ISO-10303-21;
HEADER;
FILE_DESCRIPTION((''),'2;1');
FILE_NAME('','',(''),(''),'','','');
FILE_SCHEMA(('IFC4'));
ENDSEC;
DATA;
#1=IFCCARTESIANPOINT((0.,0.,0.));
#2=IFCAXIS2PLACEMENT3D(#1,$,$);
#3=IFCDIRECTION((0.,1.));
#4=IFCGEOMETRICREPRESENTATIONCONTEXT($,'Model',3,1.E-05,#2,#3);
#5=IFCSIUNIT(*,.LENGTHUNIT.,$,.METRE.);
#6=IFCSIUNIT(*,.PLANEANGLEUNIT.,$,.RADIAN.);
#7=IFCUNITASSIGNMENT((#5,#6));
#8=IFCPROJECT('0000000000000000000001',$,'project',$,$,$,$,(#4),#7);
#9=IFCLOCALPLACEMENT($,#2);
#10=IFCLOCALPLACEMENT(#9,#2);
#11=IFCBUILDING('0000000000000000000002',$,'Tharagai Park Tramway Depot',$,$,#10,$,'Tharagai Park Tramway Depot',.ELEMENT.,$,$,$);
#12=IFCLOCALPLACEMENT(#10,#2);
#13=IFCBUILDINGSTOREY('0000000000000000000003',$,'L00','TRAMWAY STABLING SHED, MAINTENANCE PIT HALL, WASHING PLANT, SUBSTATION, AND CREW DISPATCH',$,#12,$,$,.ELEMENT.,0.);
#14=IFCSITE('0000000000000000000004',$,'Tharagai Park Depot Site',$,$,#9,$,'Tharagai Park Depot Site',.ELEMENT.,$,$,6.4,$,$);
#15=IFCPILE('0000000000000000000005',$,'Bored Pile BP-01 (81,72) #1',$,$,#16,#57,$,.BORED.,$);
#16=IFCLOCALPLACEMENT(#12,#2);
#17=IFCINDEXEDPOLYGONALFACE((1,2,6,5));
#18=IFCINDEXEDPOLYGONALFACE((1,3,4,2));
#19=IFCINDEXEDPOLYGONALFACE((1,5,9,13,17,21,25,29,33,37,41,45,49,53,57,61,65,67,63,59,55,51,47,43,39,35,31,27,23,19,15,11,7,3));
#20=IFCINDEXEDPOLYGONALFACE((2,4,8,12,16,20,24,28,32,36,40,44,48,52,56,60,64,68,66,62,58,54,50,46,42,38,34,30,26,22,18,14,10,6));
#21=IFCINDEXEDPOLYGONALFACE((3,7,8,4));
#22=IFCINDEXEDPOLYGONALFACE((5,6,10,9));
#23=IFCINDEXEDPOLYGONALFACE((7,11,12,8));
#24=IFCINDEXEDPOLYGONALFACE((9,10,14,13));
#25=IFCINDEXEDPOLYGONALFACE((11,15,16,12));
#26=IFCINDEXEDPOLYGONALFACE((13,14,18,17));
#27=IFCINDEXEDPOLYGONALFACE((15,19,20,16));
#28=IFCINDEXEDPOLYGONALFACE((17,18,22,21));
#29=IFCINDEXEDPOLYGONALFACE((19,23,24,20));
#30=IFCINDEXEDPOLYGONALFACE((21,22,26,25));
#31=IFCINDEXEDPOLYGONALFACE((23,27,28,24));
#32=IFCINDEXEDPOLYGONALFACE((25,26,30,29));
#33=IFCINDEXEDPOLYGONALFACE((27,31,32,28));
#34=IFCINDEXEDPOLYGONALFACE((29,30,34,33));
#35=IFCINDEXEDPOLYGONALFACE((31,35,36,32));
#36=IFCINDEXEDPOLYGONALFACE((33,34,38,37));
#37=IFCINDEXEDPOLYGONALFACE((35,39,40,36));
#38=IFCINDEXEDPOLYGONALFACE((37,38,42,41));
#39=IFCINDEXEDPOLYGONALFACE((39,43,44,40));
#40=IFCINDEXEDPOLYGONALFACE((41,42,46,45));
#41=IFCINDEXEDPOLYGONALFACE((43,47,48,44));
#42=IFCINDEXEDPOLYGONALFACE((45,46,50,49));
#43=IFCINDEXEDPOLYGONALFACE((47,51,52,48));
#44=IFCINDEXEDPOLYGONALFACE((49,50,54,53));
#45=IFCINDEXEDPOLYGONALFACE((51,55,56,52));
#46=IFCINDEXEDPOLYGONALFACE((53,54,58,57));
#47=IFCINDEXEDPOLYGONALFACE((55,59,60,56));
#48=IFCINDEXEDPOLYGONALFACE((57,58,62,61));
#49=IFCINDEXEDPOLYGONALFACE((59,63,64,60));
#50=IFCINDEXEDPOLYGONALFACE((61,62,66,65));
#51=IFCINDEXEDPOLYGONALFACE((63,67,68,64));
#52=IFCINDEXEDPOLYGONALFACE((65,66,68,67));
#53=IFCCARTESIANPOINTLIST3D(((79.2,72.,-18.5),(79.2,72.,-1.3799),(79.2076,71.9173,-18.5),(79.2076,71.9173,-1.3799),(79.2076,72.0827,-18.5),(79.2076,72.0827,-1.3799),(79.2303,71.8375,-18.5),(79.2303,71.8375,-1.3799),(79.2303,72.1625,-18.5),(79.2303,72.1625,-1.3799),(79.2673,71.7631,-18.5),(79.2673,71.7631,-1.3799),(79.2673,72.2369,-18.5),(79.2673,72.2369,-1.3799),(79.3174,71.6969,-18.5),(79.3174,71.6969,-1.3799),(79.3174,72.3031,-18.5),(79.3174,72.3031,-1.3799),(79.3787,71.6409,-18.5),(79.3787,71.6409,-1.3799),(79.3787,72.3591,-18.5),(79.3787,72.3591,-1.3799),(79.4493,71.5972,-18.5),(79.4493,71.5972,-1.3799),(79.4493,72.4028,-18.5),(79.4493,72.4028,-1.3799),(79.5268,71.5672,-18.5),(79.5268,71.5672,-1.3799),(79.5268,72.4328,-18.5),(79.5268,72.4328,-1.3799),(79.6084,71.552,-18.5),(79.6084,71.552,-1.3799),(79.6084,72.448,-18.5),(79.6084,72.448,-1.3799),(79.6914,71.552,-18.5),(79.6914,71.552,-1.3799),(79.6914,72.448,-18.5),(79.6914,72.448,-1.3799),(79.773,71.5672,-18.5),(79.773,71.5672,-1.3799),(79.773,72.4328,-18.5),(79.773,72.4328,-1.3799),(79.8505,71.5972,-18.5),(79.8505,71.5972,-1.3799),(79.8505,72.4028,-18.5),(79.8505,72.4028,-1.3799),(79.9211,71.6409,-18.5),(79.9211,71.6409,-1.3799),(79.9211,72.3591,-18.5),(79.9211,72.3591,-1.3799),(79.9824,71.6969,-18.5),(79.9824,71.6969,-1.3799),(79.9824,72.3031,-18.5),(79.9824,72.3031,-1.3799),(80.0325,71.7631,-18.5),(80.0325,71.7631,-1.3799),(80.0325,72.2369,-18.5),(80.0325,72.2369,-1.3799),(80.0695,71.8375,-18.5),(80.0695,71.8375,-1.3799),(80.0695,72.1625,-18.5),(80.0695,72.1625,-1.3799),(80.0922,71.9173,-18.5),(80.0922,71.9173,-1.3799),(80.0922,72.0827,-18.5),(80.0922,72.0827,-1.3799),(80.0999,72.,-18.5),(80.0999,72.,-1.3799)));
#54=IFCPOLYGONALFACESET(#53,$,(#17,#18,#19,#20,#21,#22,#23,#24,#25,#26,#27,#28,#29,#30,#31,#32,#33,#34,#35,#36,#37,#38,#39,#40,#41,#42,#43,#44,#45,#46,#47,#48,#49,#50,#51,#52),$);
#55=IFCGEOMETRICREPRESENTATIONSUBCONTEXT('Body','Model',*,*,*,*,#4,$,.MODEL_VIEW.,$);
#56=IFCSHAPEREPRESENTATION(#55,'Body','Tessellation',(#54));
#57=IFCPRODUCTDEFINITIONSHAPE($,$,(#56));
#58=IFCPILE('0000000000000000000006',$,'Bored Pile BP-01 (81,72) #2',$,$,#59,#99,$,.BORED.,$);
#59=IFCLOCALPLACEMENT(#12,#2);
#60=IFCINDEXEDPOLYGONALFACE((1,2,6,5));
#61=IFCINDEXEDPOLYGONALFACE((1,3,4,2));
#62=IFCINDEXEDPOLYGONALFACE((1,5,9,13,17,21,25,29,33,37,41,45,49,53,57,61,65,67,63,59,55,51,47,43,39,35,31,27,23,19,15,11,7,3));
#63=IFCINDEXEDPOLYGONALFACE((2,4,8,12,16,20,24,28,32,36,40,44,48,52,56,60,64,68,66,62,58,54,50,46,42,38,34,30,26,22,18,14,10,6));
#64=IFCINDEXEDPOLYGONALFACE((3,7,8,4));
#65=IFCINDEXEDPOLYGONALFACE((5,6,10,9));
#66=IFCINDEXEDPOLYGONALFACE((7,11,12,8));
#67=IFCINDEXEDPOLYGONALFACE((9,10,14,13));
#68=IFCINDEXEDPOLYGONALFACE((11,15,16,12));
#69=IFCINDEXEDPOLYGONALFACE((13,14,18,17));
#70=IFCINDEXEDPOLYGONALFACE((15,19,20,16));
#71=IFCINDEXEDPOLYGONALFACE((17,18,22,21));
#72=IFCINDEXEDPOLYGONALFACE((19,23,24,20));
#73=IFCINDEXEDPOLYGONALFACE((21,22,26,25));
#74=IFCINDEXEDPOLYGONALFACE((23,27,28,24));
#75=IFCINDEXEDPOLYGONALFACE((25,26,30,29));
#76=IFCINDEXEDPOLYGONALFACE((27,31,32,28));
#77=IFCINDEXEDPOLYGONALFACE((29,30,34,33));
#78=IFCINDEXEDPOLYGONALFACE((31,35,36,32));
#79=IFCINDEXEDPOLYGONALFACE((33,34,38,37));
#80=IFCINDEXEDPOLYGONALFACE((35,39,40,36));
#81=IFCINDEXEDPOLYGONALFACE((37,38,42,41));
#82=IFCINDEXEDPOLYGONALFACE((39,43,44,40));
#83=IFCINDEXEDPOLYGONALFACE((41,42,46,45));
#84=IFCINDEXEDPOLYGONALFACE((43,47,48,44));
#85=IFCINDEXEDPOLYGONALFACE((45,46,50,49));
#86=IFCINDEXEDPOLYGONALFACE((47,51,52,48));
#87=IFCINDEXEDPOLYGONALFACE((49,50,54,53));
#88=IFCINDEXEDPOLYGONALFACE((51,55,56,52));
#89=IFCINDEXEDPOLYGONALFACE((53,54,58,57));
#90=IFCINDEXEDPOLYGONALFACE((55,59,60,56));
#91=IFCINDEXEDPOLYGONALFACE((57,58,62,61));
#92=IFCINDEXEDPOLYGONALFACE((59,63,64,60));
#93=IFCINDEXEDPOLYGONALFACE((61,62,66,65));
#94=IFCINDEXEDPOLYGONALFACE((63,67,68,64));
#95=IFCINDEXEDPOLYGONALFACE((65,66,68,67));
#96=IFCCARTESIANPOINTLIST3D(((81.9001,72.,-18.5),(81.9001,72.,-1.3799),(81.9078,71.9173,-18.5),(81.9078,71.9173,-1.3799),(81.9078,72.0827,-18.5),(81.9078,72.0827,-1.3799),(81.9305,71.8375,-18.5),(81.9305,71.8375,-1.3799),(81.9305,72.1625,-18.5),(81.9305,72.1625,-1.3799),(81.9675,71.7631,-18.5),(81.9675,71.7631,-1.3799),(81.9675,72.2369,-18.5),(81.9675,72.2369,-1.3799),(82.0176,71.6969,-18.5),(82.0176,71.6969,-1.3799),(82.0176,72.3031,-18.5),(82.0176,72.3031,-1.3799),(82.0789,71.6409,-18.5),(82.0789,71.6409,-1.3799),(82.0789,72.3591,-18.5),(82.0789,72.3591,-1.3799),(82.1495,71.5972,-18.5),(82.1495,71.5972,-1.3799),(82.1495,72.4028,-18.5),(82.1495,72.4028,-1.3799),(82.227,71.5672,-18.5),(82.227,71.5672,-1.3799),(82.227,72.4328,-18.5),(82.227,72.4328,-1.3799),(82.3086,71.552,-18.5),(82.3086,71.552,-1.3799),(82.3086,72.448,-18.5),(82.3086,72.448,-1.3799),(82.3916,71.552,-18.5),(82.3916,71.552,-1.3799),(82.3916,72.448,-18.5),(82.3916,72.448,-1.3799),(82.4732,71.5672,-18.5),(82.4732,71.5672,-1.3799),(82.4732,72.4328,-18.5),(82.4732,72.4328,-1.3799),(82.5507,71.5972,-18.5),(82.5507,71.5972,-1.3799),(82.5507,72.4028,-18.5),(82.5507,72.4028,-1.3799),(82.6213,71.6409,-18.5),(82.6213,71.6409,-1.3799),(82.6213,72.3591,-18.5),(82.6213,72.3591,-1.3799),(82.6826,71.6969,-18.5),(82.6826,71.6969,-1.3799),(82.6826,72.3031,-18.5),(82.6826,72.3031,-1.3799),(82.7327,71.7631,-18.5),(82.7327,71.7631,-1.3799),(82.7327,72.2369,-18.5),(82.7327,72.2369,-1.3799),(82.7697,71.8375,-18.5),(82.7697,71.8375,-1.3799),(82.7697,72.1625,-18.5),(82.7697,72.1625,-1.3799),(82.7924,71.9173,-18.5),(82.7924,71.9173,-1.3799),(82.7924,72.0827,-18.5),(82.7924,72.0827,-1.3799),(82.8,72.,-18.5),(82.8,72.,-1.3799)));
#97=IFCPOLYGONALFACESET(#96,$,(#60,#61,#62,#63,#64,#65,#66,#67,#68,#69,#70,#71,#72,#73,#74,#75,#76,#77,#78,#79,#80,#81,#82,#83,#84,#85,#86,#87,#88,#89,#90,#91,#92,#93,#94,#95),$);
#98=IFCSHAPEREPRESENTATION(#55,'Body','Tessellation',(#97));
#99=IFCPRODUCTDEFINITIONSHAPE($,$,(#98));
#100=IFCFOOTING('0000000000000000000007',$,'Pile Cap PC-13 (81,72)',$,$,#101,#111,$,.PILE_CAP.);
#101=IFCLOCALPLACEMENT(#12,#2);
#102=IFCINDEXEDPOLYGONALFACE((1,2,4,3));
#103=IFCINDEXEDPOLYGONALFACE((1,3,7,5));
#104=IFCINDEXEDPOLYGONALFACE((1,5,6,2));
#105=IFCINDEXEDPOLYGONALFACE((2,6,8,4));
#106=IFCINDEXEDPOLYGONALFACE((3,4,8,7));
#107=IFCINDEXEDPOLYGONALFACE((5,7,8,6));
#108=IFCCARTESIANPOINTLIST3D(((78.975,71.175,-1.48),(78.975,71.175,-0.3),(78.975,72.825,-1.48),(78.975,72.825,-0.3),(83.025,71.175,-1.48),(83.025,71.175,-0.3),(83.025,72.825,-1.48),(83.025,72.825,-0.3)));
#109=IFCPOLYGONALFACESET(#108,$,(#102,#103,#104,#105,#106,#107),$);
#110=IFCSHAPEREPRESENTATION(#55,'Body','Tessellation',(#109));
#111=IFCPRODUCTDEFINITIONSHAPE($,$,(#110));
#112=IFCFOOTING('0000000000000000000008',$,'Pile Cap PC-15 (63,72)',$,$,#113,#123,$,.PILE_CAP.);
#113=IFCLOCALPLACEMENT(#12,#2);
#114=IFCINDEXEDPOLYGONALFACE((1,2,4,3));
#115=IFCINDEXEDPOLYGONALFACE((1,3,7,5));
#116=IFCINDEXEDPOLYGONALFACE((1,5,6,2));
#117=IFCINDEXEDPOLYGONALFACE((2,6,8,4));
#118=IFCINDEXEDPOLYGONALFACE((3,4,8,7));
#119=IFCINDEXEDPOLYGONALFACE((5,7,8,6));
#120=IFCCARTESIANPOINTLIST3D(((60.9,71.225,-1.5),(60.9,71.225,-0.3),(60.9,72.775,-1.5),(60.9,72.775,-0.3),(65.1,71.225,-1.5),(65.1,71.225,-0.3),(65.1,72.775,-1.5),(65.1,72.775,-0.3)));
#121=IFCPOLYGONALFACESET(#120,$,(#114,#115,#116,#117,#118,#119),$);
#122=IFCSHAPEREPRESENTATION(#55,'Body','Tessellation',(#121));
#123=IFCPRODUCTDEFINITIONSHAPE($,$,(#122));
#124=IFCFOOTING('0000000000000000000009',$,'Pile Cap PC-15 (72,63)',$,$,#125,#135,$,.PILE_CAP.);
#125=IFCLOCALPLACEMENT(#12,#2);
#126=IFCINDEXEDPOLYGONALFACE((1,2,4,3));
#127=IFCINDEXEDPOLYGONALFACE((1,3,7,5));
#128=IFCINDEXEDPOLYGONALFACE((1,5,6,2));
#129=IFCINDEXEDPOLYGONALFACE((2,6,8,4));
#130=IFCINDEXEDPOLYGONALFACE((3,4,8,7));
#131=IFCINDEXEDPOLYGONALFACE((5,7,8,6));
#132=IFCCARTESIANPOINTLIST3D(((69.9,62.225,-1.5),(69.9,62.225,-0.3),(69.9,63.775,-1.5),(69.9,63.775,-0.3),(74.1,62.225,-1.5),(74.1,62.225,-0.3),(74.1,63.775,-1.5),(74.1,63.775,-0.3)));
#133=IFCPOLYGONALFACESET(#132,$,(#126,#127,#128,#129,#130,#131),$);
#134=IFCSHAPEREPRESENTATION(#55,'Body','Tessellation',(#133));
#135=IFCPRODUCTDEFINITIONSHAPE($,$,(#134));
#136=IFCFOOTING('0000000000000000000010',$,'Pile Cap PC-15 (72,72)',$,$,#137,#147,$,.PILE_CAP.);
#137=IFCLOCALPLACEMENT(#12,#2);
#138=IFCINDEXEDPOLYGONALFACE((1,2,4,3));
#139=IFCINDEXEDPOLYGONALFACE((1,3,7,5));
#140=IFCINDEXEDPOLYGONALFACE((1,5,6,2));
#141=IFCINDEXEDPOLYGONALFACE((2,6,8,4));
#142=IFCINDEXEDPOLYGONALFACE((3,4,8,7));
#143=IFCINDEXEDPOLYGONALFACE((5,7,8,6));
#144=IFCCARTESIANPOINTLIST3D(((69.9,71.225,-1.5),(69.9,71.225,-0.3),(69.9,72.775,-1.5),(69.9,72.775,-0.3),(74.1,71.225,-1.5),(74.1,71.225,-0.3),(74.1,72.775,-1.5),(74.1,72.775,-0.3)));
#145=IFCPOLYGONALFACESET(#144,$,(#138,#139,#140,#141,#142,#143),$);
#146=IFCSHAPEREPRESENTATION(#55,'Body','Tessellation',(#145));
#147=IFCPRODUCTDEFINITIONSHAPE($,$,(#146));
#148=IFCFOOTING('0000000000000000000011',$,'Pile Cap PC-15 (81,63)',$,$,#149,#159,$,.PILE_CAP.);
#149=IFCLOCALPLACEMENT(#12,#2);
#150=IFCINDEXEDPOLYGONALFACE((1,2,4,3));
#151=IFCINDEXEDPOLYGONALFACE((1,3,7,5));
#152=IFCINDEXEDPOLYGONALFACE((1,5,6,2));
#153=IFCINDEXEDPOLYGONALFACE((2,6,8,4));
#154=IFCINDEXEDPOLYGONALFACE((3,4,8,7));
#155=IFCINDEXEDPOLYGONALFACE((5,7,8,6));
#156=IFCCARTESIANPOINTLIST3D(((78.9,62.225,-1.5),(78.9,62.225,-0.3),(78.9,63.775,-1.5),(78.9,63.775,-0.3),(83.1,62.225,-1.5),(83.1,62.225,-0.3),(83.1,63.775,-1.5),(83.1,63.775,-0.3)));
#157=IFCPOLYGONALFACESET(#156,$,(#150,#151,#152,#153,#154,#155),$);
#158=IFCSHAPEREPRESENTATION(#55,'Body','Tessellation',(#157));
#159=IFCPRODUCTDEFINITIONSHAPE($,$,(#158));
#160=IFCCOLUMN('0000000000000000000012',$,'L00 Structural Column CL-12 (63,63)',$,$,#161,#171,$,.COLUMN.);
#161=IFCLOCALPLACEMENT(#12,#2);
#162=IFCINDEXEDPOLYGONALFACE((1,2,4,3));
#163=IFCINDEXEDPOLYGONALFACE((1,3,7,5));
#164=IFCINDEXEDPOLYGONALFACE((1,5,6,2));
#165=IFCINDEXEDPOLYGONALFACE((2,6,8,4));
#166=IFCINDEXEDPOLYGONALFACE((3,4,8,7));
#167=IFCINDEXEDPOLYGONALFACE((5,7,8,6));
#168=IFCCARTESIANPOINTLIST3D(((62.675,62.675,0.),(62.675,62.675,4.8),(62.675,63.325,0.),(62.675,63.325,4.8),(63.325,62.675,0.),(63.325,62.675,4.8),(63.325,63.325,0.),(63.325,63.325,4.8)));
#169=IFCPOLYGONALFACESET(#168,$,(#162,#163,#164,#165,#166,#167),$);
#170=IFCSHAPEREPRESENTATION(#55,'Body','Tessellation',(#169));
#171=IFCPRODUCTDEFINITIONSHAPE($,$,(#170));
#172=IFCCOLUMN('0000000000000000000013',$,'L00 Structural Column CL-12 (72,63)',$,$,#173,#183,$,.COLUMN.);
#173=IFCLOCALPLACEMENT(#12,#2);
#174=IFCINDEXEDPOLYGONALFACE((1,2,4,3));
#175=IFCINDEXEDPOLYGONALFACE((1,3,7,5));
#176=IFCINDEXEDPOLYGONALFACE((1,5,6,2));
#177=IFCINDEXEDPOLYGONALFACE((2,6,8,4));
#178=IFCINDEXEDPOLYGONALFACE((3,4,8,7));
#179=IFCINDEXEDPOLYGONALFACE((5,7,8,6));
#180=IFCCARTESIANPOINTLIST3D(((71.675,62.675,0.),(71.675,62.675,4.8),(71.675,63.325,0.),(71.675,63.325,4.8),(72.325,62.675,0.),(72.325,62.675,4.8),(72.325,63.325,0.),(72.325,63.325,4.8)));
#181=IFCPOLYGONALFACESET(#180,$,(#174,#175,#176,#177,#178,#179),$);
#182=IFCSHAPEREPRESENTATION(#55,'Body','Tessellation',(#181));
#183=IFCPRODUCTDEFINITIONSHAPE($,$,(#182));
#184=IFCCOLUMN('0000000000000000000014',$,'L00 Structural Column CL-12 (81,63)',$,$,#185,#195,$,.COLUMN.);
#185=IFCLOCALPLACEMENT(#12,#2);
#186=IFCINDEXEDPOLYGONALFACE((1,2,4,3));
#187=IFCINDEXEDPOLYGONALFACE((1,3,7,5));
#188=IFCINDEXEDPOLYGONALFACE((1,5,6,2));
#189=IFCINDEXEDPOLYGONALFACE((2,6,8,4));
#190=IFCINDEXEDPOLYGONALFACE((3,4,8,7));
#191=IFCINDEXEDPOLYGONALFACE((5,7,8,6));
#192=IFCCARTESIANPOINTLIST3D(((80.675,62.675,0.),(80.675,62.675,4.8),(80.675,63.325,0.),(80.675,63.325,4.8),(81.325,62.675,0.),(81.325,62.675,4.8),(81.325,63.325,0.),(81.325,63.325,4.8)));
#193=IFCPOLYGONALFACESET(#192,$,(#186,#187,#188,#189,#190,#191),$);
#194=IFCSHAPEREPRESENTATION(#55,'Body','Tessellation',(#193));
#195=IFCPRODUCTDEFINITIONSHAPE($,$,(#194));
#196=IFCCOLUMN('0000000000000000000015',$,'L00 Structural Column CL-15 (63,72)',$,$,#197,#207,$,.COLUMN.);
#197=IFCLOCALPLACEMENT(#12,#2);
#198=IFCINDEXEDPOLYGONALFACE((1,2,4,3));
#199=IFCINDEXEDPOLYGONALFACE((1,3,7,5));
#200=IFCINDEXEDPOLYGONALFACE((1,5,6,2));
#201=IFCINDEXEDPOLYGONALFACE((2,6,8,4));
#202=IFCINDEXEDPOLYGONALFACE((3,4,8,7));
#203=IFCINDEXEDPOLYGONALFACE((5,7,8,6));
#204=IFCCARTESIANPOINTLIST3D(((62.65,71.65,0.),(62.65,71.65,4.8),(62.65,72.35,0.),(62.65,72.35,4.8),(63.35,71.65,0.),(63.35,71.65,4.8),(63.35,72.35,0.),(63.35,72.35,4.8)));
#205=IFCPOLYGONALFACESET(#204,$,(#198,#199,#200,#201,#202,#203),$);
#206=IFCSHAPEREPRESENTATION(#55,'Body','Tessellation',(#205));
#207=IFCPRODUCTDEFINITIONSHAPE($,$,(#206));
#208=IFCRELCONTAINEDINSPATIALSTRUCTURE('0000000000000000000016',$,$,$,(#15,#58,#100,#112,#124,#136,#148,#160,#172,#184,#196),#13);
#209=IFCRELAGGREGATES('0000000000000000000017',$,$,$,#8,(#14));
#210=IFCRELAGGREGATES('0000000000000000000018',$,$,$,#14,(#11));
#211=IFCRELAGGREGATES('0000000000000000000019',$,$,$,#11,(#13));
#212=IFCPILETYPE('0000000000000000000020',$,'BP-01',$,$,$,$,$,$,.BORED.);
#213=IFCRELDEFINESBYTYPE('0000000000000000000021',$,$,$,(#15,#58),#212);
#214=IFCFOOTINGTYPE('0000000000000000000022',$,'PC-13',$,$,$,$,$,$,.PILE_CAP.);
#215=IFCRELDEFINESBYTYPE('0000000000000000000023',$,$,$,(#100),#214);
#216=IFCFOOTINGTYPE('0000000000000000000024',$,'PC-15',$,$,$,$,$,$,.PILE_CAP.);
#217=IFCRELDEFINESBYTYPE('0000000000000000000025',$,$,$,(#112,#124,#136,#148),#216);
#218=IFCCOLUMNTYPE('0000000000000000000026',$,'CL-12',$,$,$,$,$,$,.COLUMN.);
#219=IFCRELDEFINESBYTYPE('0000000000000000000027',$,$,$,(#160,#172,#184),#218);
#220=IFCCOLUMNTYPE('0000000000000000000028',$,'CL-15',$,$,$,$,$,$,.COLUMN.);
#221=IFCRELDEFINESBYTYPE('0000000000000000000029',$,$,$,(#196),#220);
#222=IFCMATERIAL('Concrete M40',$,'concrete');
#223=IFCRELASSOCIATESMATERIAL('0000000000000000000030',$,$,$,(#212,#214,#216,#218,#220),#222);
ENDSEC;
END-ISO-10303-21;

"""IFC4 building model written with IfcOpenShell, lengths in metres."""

from ifc_helpers import new_model, si_unit, direction, frame, origin, origin_2d, place, context, subcontext, project, spatial, rectangle, circle, extrude, material, material_profile, profile_set, type_object, element, save


model = new_model("IFC4")

# Units and contexts
model_context = context("Model", 3, precision=1e-05, world=origin(), true_north=direction((0.0, 1.0)))
body_context = subcontext(model_context, "Body", "Model", "MODEL_VIEW")
ifc_project = project(units=[si_unit("LENGTHUNIT", "METRE"), si_unit("PLANEANGLEUNIT", "RADIAN")], contexts=[model_context])

# Site, building, storey
site_placement = place(None, origin())
site = spatial("IfcSite", under=ifc_project, at=site_placement, Name="Tharagai Park Depot Site", LongName="Tharagai Park Depot Site", CompositionType="ELEMENT", RefElevation=6.4)
building_placement = place(site_placement, origin())
building = spatial("IfcBuilding", under=site, at=building_placement, Name="Tharagai Park Tramway Depot", LongName="Tharagai Park Tramway Depot", CompositionType="ELEMENT")
storey_placement = place(building_placement, origin())
storey = spatial("IfcBuildingStorey", under=building, at=storey_placement, Name="L00", Description="TRAMWAY STABLING SHED, MAINTENANCE PIT HALL, WASHING PLANT, SUBSTATION, AND CREW DISPATCH", CompositionType="ELEMENT", Elevation=0.0)

# Piles
ifc_material_1 = material(Name="Concrete M40", Category="concrete")
ifc_material_profile_1 = material_profile(ifc_material_1, circle(Radius=0.45, at=origin_2d()), Name="PILE D900")
ifc_profile_set_1 = profile_set([ifc_material_profile_1], Name="Concrete M40")
pile_type = type_object("IfcPileType", Name="BP-01", PredefinedType="BORED", material=ifc_profile_set_1)
for number, where, z_axis, x_axis, name in (
    (1, (79.6499, 72.0, -1.3799), (0.0, 0.0, -1.0), (1.0, 0.0, 0.0), "Bored Pile BP-01 (81,72) #1"),
    (2, (82.3501, 72.0, -1.3799), (0.0, 0.0, -1.0), (1.0, 0.0, 0.0), "Bored Pile BP-01 (81,72) #2"),
):
    element("IfcPile", number, at=place(storey_placement, frame(where, z_axis=z_axis, x_axis=x_axis)), inside=storey, type_object=pile_type, Name=name, PredefinedType="BORED", context=body_context, shape_type="SweptSolid", body=[
        extrude(circle(Radius=0.45, at=origin_2d()), origin(), (0.0, 0.0, 1.0), 17.1201),
    ])

# Footings
footing_type_1 = type_object("IfcFootingType", Name="PC-13", PredefinedType="PILE_CAP", material=ifc_material_1)
footing_placement = place(storey_placement, frame((81.0, 72.0, -1.48), z_axis=(0.0, 0.0, 1.0), x_axis=(1.0, 0.0, 0.0)))
element("IfcFooting", 3, at=footing_placement, inside=storey, type_object=footing_type_1, Name="Pile Cap PC-13 (81,72)", PredefinedType="PILE_CAP", context=body_context, shape_type="SweptSolid", body=[
    extrude(rectangle(XDim=4.05, YDim=1.6499, at=origin_2d()), origin(), (0.0, 0.0, 1.0), 1.1799),
])
footing_type_2 = type_object("IfcFootingType", Name="PC-15", PredefinedType="PILE_CAP", material=ifc_material_1)
for number, where, z_axis, x_axis, name in (
    (4, (63.0, 72.0, -1.5), (0.0, 0.0, 1.0), (1.0, 0.0, 0.0), "Pile Cap PC-15 (63,72)"),
    (5, (72.0, 63.0, -1.5), (0.0, 0.0, 1.0), (1.0, 0.0, 0.0), "Pile Cap PC-15 (72,63)"),
    (6, (72.0, 72.0, -1.5), (0.0, 0.0, 1.0), (1.0, 0.0, 0.0), "Pile Cap PC-15 (72,72)"),
    (7, (81.0, 63.0, -1.5), (0.0, 0.0, 1.0), (1.0, 0.0, 0.0), "Pile Cap PC-15 (81,63)"),
):
    element("IfcFooting", number, at=place(storey_placement, frame(where, z_axis=z_axis, x_axis=x_axis)), inside=storey, type_object=footing_type_2, Name=name, PredefinedType="PILE_CAP", context=body_context, shape_type="SweptSolid", body=[
        extrude(rectangle(XDim=4.2, YDim=1.55, at=origin_2d()), origin(), (0.0, 0.0, 1.0), 1.2),
    ])

# Columns
ifc_material_profile_2 = material_profile(ifc_material_1, rectangle(XDim=0.6499, YDim=0.6499, at=origin_2d()), Name="RC 650x650")
ifc_profile_set_2 = profile_set([ifc_material_profile_2], Name="Concrete M40")
column_type_1 = type_object("IfcColumnType", Name="CL-12", PredefinedType="COLUMN", material=ifc_profile_set_2)
for number, where, z_axis, x_axis, name in (
    (8, (63.0, 63.0, 0.0), (0.0, 0.0, 1.0), (1.0, 0.0, 0.0), "L00 Structural Column CL-12 (63,63)"),
    (9, (72.0, 63.0, 0.0), (0.0, 0.0, 1.0), (1.0, 0.0, 0.0), "L00 Structural Column CL-12 (72,63)"),
    (10, (81.0, 63.0, 0.0), (0.0, 0.0, 1.0), (1.0, 0.0, 0.0), "L00 Structural Column CL-12 (81,63)"),
):
    element("IfcColumn", number, at=place(storey_placement, frame(where, z_axis=z_axis, x_axis=x_axis)), inside=storey, type_object=column_type_1, Name=name, PredefinedType="COLUMN", context=body_context, shape_type="SweptSolid", body=[
        extrude(rectangle(XDim=0.6499, YDim=0.6499, at=origin_2d()), origin(), (0.0, 0.0, 1.0), 4.8),
    ])
ifc_material_profile_3 = material_profile(ifc_material_1, rectangle(XDim=0.7, YDim=0.7, at=origin_2d()), Name="RC 700x700")
ifc_profile_set_3 = profile_set([ifc_material_profile_3], Name="Concrete M40")
column_type_2 = type_object("IfcColumnType", Name="CL-15", PredefinedType="COLUMN", material=ifc_profile_set_3)
for number, where, z_axis, x_axis, name in (
    (11, (63.0, 72.0, 0.0), (0.0, 0.0, 1.0), (1.0, 0.0, 0.0), "L00 Structural Column CL-15 (63,72)"),
):
    element("IfcColumn", number, at=place(storey_placement, frame(where, z_axis=z_axis, x_axis=x_axis)), inside=storey, type_object=column_type_2, Name=name, PredefinedType="COLUMN", context=body_context, shape_type="SweptSolid", body=[
        extrude(rectangle(XDim=0.7, YDim=0.7, at=origin_2d()), origin(), (0.0, 0.0, 1.0), 4.8),
    ])

save(model, "model.ifc")
